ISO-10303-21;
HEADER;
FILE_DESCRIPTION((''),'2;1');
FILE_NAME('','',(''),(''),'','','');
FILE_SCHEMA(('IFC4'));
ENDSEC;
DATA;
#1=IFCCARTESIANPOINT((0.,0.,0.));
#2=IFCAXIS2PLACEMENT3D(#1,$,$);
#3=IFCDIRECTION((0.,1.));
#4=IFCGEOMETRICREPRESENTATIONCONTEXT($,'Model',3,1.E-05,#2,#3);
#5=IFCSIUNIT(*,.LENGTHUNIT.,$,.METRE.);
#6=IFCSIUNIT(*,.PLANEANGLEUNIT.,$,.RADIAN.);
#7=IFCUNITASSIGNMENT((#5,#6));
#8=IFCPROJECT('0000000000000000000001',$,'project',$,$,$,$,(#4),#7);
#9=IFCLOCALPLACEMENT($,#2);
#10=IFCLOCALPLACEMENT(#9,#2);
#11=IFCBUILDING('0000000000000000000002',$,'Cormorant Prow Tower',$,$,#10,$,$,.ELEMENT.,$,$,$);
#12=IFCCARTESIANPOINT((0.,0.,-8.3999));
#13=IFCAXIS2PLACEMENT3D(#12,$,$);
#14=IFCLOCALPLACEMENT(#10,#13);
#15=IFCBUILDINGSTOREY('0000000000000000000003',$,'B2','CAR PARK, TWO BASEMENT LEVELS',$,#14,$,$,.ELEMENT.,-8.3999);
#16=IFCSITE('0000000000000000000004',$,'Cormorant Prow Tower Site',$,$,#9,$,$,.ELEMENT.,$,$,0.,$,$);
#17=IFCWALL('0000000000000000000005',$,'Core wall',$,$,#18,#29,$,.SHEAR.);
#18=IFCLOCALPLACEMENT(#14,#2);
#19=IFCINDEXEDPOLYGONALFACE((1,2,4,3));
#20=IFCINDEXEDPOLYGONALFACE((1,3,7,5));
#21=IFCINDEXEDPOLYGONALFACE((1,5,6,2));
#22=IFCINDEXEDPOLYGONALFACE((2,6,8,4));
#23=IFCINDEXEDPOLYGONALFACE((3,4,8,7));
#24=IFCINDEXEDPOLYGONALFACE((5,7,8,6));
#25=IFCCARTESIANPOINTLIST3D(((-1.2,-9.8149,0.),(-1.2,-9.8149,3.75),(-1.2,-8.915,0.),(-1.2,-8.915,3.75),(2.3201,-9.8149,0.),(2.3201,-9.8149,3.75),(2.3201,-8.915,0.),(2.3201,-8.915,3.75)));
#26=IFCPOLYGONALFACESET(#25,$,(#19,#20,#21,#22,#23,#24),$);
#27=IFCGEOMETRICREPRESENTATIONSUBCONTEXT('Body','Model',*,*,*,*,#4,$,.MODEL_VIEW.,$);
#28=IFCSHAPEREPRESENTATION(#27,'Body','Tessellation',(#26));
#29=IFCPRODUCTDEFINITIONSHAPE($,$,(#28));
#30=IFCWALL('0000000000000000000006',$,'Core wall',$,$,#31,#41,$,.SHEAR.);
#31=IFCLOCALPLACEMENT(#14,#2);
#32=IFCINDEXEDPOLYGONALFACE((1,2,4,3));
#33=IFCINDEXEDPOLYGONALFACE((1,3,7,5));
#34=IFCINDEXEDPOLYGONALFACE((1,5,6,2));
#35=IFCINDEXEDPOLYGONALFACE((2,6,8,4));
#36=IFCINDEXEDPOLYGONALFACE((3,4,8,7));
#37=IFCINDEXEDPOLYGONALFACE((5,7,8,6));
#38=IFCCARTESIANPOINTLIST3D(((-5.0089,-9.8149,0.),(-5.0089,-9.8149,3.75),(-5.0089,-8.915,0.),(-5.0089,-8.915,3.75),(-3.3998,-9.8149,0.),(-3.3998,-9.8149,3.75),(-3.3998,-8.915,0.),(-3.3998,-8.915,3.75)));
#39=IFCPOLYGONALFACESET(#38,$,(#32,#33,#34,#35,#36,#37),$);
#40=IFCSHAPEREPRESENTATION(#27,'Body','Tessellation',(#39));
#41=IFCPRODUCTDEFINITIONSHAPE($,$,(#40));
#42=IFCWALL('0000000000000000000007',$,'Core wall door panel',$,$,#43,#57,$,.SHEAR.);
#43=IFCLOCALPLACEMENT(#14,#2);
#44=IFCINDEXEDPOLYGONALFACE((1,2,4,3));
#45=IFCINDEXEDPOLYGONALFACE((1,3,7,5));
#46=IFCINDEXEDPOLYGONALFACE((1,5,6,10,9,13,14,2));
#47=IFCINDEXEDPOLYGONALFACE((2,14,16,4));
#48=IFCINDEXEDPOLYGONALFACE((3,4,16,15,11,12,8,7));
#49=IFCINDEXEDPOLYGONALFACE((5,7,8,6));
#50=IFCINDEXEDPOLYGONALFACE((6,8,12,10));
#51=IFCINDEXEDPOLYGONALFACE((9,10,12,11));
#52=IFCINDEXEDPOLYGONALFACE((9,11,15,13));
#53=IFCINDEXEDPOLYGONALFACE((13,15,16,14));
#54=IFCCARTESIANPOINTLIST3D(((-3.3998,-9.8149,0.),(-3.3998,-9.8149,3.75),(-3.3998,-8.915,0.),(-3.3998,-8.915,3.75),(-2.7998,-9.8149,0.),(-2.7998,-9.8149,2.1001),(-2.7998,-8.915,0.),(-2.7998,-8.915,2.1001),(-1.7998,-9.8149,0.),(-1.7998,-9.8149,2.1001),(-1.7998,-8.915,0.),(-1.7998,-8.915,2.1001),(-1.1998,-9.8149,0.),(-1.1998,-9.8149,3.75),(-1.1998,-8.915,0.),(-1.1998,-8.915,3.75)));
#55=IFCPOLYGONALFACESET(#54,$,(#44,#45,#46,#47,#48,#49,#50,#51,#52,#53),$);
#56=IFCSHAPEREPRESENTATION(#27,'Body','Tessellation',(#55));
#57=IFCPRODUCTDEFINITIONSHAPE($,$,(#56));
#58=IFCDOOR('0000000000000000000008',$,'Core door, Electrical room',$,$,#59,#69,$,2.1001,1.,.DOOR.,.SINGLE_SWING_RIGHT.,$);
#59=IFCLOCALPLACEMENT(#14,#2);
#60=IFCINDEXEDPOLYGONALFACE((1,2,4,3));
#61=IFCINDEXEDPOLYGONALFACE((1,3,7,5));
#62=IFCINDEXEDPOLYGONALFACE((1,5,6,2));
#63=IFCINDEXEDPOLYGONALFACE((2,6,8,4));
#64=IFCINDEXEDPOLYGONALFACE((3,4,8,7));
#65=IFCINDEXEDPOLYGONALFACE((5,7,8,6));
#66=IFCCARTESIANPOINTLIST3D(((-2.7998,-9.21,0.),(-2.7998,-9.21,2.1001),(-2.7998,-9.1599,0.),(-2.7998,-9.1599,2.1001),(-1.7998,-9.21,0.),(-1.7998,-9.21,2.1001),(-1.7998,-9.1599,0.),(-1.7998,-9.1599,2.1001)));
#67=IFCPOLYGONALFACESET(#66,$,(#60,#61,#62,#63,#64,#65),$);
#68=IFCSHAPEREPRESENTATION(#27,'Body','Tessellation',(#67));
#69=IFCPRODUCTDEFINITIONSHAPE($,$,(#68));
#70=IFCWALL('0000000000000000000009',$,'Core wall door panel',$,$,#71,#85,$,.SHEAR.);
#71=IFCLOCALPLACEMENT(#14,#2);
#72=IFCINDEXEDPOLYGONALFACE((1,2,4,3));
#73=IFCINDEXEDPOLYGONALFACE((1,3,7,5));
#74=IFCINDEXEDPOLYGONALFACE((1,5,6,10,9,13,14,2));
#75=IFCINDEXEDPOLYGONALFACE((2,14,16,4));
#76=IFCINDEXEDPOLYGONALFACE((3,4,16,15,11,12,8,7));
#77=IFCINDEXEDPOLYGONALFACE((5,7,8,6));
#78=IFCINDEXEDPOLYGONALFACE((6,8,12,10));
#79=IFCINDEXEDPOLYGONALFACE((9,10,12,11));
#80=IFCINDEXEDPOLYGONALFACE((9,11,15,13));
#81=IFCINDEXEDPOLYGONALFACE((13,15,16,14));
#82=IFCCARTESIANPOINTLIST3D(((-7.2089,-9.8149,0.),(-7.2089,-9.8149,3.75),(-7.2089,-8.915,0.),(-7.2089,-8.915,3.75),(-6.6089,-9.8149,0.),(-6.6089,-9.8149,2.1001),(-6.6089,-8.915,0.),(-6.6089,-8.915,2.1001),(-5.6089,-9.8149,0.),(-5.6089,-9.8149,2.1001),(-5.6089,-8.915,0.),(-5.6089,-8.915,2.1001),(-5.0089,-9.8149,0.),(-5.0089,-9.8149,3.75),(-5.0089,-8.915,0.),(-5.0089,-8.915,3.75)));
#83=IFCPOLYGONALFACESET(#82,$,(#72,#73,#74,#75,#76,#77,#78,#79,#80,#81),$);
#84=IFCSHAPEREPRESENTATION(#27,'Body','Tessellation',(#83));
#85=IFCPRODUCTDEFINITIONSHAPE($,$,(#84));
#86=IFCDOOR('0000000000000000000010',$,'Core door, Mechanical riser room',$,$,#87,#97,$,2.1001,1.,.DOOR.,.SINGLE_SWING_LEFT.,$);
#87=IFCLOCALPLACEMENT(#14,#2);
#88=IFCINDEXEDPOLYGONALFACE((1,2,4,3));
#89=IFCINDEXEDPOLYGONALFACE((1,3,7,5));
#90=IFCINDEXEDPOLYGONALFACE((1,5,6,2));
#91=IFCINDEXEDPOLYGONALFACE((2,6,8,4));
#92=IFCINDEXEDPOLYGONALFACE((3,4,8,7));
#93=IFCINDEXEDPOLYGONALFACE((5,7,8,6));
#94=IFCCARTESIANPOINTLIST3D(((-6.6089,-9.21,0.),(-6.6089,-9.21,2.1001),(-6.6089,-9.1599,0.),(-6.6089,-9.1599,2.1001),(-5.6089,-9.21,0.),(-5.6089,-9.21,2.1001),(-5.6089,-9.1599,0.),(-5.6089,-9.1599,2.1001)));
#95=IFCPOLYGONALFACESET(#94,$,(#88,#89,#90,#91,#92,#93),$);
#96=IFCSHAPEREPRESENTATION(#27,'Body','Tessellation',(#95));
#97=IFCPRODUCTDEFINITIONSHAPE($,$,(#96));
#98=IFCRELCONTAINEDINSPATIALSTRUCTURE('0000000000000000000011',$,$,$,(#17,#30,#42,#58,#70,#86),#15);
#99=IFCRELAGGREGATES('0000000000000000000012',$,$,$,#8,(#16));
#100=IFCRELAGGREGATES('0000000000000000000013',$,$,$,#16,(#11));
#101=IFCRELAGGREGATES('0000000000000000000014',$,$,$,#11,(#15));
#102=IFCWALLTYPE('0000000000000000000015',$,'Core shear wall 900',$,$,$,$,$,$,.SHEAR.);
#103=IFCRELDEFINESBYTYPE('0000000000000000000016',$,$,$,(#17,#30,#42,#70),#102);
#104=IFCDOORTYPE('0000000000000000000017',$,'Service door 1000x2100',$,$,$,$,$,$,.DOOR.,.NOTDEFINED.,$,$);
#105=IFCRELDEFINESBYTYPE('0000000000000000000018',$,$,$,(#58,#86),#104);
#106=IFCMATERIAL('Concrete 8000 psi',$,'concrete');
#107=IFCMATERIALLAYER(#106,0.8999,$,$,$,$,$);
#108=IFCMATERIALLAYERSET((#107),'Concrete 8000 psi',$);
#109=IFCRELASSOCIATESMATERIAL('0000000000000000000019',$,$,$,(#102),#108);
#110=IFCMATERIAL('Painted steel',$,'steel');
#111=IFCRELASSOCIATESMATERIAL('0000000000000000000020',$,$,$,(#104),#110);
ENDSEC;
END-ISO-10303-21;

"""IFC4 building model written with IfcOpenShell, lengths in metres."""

from ifc_helpers import new_model, si_unit, direction, frame, frame_2d, origin, place, context, subcontext, project, spatial, rectangle, extrude, material, layer, layer_set, type_object, element, fill, save


model = new_model("IFC4")

# Units and contexts
model_context = context("Model", 3, precision=1e-05, world=origin(), true_north=direction((0.0, 1.0)))
body_context = subcontext(model_context, "Body", "Model", "MODEL_VIEW")
ifc_project = project(units=[si_unit("LENGTHUNIT", "METRE"), si_unit("PLANEANGLEUNIT", "RADIAN")], contexts=[model_context])

# Site, building, storey
site_placement = place(None, origin())
site = spatial("IfcSite", under=ifc_project, at=site_placement, Name="Cormorant Prow Tower Site", CompositionType="ELEMENT", RefElevation=0.0)
building_placement = place(site_placement, origin())
building = spatial("IfcBuilding", under=site, at=building_placement, Name="Cormorant Prow Tower", CompositionType="ELEMENT")
storey_placement = place(building_placement, frame((0.0, 0.0, -8.3999)))
storey = spatial("IfcBuildingStorey", under=building, at=storey_placement, Name="B2", Description="CAR PARK, TWO BASEMENT LEVELS", CompositionType="ELEMENT", Elevation=-8.3999)

# Walls
ifc_material_1 = material(Name="Concrete 8000 psi", Category="concrete")
ifc_layer_1 = layer(ifc_material_1, 0.8999)
ifc_layer_set_1 = layer_set([ifc_layer_1], Name="Concrete 8000 psi")
wall_type_1 = type_object("IfcWallType", Name="Core shear wall 900", PredefinedType="SHEAR", material=ifc_layer_set_1)
wall_1_placement = place(storey_placement, frame((-1.2, -9.365, 0.0), z_axis=(0.0, 0.0, 1.0), x_axis=(1.0, 0.0, 0.0)))
element("IfcWall", 1, at=wall_1_placement, inside=storey, type_object=wall_type_1, Name="Core wall", PredefinedType="SHEAR", context=body_context, shape_type="SweptSolid", body=[
    extrude(rectangle(XDim=3.52, YDim=0.8999, at=frame_2d((1.76, 0.0))), origin(), (0.0, 0.0, 1.0), 3.75),
])
wall_2_placement = place(storey_placement, frame((-5.009, -9.365, 0.0), z_axis=(0.0, 0.0, 1.0), x_axis=(1.0, 0.0, 0.0)))
element("IfcWall", 2, at=wall_2_placement, inside=storey, type_object=wall_type_1, Name="Core wall", PredefinedType="SHEAR", context=body_context, shape_type="SweptSolid", body=[
    extrude(rectangle(XDim=1.6091, YDim=0.8999, at=frame_2d((0.8047, 0.0))), origin(), (0.0, 0.0, 1.0), 3.75),
])

# Walls, openings, doors
wall_3_placement = place(storey_placement, frame((-3.3999, -9.365, 0.0), z_axis=(0.0, 0.0, 1.0), x_axis=(1.0, 0.0, 0.0)))
wall_3 = element("IfcWall", 3, at=wall_3_placement, inside=storey, type_object=wall_type_1, Name="Core wall door panel", PredefinedType="SHEAR", context=body_context, shape_type="SweptSolid", body=[
    extrude(rectangle(XDim=2.2, YDim=0.8999, at=frame_2d((1.1001, 0.0))), origin(), (0.0, 0.0, 1.0), 3.75),
])
opening_1_placement = place(wall_3_placement, frame((0.6001, 0.0, 0.0)))
opening_1 = element("IfcOpeningElement", 4, at=opening_1_placement, cuts=wall_3, PredefinedType="OPENING", context=body_context, shape_type="SweptSolid", body=[
    extrude(rectangle(XDim=1.0, YDim=2.1001, at=frame_2d((0.5, 1.05))), frame((0.0, 0.46, 0.0), z_axis=(0.0, -1.0, 0.0), x_axis=(1.0, 0.0, 0.0)), (0.0, 0.0, 1.0), 0.9199),
])
ifc_material_2 = material(Name="Painted steel", Category="steel")
door_type = type_object("IfcDoorType", Name="Service door 1000x2100", OperationType="NOTDEFINED", PredefinedType="DOOR", material=ifc_material_2)
door_1_placement = place(opening_1_placement, origin())
door_1 = element("IfcDoor", 5, at=door_1_placement, inside=storey, type_object=door_type, Name="Core door, Electrical room", OperationType="SINGLE_SWING_RIGHT", OverallHeight=2.1001, OverallWidth=1.0, PredefinedType="DOOR", context=body_context, shape_type="SweptSolid", body=[
    extrude(rectangle(XDim=1.0, YDim=2.1001, at=frame_2d((0.5, 1.05))), frame((0.0, 0.2051, 0.0), z_axis=(0.0, -1.0, 0.0), x_axis=(1.0, 0.0, 0.0)), (0.0, 0.0, 1.0), 0.05),
])
fill(opening_1, door_1)
wall_4_placement = place(storey_placement, frame((-7.209, -9.365, 0.0), z_axis=(0.0, 0.0, 1.0), x_axis=(1.0, 0.0, 0.0)))
wall_4 = element("IfcWall", 6, at=wall_4_placement, inside=storey, type_object=wall_type_1, Name="Core wall door panel", PredefinedType="SHEAR", context=body_context, shape_type="SweptSolid", body=[
    extrude(rectangle(XDim=2.2, YDim=0.8999, at=frame_2d((1.1001, 0.0))), origin(), (0.0, 0.0, 1.0), 3.75),
])
opening_2_placement = place(wall_4_placement, frame((0.6001, 0.0, 0.0)))
opening_2 = element("IfcOpeningElement", 7, at=opening_2_placement, cuts=wall_4, PredefinedType="OPENING", context=body_context, shape_type="SweptSolid", body=[
    extrude(rectangle(XDim=1.0, YDim=2.1001, at=frame_2d((0.5, 1.05))), frame((0.0, 0.46, 0.0), z_axis=(0.0, -1.0, 0.0), x_axis=(1.0, 0.0, 0.0)), (0.0, 0.0, 1.0), 0.9199),
])
door_2_placement = place(opening_2_placement, origin())
door_2 = element("IfcDoor", 8, at=door_2_placement, inside=storey, type_object=door_type, Name="Core door, Mechanical riser room", OperationType="SINGLE_SWING_LEFT", OverallHeight=2.1001, OverallWidth=1.0, PredefinedType="DOOR", context=body_context, shape_type="SweptSolid", body=[
    extrude(rectangle(XDim=1.0, YDim=2.1001, at=frame_2d((0.5, 1.05))), frame((0.0, 0.2051, 0.0), z_axis=(0.0, -1.0, 0.0), x_axis=(1.0, 0.0, 0.0)), (0.0, 0.0, 1.0), 0.05),
])
fill(opening_2, door_2)

save(model, "model.ifc")
